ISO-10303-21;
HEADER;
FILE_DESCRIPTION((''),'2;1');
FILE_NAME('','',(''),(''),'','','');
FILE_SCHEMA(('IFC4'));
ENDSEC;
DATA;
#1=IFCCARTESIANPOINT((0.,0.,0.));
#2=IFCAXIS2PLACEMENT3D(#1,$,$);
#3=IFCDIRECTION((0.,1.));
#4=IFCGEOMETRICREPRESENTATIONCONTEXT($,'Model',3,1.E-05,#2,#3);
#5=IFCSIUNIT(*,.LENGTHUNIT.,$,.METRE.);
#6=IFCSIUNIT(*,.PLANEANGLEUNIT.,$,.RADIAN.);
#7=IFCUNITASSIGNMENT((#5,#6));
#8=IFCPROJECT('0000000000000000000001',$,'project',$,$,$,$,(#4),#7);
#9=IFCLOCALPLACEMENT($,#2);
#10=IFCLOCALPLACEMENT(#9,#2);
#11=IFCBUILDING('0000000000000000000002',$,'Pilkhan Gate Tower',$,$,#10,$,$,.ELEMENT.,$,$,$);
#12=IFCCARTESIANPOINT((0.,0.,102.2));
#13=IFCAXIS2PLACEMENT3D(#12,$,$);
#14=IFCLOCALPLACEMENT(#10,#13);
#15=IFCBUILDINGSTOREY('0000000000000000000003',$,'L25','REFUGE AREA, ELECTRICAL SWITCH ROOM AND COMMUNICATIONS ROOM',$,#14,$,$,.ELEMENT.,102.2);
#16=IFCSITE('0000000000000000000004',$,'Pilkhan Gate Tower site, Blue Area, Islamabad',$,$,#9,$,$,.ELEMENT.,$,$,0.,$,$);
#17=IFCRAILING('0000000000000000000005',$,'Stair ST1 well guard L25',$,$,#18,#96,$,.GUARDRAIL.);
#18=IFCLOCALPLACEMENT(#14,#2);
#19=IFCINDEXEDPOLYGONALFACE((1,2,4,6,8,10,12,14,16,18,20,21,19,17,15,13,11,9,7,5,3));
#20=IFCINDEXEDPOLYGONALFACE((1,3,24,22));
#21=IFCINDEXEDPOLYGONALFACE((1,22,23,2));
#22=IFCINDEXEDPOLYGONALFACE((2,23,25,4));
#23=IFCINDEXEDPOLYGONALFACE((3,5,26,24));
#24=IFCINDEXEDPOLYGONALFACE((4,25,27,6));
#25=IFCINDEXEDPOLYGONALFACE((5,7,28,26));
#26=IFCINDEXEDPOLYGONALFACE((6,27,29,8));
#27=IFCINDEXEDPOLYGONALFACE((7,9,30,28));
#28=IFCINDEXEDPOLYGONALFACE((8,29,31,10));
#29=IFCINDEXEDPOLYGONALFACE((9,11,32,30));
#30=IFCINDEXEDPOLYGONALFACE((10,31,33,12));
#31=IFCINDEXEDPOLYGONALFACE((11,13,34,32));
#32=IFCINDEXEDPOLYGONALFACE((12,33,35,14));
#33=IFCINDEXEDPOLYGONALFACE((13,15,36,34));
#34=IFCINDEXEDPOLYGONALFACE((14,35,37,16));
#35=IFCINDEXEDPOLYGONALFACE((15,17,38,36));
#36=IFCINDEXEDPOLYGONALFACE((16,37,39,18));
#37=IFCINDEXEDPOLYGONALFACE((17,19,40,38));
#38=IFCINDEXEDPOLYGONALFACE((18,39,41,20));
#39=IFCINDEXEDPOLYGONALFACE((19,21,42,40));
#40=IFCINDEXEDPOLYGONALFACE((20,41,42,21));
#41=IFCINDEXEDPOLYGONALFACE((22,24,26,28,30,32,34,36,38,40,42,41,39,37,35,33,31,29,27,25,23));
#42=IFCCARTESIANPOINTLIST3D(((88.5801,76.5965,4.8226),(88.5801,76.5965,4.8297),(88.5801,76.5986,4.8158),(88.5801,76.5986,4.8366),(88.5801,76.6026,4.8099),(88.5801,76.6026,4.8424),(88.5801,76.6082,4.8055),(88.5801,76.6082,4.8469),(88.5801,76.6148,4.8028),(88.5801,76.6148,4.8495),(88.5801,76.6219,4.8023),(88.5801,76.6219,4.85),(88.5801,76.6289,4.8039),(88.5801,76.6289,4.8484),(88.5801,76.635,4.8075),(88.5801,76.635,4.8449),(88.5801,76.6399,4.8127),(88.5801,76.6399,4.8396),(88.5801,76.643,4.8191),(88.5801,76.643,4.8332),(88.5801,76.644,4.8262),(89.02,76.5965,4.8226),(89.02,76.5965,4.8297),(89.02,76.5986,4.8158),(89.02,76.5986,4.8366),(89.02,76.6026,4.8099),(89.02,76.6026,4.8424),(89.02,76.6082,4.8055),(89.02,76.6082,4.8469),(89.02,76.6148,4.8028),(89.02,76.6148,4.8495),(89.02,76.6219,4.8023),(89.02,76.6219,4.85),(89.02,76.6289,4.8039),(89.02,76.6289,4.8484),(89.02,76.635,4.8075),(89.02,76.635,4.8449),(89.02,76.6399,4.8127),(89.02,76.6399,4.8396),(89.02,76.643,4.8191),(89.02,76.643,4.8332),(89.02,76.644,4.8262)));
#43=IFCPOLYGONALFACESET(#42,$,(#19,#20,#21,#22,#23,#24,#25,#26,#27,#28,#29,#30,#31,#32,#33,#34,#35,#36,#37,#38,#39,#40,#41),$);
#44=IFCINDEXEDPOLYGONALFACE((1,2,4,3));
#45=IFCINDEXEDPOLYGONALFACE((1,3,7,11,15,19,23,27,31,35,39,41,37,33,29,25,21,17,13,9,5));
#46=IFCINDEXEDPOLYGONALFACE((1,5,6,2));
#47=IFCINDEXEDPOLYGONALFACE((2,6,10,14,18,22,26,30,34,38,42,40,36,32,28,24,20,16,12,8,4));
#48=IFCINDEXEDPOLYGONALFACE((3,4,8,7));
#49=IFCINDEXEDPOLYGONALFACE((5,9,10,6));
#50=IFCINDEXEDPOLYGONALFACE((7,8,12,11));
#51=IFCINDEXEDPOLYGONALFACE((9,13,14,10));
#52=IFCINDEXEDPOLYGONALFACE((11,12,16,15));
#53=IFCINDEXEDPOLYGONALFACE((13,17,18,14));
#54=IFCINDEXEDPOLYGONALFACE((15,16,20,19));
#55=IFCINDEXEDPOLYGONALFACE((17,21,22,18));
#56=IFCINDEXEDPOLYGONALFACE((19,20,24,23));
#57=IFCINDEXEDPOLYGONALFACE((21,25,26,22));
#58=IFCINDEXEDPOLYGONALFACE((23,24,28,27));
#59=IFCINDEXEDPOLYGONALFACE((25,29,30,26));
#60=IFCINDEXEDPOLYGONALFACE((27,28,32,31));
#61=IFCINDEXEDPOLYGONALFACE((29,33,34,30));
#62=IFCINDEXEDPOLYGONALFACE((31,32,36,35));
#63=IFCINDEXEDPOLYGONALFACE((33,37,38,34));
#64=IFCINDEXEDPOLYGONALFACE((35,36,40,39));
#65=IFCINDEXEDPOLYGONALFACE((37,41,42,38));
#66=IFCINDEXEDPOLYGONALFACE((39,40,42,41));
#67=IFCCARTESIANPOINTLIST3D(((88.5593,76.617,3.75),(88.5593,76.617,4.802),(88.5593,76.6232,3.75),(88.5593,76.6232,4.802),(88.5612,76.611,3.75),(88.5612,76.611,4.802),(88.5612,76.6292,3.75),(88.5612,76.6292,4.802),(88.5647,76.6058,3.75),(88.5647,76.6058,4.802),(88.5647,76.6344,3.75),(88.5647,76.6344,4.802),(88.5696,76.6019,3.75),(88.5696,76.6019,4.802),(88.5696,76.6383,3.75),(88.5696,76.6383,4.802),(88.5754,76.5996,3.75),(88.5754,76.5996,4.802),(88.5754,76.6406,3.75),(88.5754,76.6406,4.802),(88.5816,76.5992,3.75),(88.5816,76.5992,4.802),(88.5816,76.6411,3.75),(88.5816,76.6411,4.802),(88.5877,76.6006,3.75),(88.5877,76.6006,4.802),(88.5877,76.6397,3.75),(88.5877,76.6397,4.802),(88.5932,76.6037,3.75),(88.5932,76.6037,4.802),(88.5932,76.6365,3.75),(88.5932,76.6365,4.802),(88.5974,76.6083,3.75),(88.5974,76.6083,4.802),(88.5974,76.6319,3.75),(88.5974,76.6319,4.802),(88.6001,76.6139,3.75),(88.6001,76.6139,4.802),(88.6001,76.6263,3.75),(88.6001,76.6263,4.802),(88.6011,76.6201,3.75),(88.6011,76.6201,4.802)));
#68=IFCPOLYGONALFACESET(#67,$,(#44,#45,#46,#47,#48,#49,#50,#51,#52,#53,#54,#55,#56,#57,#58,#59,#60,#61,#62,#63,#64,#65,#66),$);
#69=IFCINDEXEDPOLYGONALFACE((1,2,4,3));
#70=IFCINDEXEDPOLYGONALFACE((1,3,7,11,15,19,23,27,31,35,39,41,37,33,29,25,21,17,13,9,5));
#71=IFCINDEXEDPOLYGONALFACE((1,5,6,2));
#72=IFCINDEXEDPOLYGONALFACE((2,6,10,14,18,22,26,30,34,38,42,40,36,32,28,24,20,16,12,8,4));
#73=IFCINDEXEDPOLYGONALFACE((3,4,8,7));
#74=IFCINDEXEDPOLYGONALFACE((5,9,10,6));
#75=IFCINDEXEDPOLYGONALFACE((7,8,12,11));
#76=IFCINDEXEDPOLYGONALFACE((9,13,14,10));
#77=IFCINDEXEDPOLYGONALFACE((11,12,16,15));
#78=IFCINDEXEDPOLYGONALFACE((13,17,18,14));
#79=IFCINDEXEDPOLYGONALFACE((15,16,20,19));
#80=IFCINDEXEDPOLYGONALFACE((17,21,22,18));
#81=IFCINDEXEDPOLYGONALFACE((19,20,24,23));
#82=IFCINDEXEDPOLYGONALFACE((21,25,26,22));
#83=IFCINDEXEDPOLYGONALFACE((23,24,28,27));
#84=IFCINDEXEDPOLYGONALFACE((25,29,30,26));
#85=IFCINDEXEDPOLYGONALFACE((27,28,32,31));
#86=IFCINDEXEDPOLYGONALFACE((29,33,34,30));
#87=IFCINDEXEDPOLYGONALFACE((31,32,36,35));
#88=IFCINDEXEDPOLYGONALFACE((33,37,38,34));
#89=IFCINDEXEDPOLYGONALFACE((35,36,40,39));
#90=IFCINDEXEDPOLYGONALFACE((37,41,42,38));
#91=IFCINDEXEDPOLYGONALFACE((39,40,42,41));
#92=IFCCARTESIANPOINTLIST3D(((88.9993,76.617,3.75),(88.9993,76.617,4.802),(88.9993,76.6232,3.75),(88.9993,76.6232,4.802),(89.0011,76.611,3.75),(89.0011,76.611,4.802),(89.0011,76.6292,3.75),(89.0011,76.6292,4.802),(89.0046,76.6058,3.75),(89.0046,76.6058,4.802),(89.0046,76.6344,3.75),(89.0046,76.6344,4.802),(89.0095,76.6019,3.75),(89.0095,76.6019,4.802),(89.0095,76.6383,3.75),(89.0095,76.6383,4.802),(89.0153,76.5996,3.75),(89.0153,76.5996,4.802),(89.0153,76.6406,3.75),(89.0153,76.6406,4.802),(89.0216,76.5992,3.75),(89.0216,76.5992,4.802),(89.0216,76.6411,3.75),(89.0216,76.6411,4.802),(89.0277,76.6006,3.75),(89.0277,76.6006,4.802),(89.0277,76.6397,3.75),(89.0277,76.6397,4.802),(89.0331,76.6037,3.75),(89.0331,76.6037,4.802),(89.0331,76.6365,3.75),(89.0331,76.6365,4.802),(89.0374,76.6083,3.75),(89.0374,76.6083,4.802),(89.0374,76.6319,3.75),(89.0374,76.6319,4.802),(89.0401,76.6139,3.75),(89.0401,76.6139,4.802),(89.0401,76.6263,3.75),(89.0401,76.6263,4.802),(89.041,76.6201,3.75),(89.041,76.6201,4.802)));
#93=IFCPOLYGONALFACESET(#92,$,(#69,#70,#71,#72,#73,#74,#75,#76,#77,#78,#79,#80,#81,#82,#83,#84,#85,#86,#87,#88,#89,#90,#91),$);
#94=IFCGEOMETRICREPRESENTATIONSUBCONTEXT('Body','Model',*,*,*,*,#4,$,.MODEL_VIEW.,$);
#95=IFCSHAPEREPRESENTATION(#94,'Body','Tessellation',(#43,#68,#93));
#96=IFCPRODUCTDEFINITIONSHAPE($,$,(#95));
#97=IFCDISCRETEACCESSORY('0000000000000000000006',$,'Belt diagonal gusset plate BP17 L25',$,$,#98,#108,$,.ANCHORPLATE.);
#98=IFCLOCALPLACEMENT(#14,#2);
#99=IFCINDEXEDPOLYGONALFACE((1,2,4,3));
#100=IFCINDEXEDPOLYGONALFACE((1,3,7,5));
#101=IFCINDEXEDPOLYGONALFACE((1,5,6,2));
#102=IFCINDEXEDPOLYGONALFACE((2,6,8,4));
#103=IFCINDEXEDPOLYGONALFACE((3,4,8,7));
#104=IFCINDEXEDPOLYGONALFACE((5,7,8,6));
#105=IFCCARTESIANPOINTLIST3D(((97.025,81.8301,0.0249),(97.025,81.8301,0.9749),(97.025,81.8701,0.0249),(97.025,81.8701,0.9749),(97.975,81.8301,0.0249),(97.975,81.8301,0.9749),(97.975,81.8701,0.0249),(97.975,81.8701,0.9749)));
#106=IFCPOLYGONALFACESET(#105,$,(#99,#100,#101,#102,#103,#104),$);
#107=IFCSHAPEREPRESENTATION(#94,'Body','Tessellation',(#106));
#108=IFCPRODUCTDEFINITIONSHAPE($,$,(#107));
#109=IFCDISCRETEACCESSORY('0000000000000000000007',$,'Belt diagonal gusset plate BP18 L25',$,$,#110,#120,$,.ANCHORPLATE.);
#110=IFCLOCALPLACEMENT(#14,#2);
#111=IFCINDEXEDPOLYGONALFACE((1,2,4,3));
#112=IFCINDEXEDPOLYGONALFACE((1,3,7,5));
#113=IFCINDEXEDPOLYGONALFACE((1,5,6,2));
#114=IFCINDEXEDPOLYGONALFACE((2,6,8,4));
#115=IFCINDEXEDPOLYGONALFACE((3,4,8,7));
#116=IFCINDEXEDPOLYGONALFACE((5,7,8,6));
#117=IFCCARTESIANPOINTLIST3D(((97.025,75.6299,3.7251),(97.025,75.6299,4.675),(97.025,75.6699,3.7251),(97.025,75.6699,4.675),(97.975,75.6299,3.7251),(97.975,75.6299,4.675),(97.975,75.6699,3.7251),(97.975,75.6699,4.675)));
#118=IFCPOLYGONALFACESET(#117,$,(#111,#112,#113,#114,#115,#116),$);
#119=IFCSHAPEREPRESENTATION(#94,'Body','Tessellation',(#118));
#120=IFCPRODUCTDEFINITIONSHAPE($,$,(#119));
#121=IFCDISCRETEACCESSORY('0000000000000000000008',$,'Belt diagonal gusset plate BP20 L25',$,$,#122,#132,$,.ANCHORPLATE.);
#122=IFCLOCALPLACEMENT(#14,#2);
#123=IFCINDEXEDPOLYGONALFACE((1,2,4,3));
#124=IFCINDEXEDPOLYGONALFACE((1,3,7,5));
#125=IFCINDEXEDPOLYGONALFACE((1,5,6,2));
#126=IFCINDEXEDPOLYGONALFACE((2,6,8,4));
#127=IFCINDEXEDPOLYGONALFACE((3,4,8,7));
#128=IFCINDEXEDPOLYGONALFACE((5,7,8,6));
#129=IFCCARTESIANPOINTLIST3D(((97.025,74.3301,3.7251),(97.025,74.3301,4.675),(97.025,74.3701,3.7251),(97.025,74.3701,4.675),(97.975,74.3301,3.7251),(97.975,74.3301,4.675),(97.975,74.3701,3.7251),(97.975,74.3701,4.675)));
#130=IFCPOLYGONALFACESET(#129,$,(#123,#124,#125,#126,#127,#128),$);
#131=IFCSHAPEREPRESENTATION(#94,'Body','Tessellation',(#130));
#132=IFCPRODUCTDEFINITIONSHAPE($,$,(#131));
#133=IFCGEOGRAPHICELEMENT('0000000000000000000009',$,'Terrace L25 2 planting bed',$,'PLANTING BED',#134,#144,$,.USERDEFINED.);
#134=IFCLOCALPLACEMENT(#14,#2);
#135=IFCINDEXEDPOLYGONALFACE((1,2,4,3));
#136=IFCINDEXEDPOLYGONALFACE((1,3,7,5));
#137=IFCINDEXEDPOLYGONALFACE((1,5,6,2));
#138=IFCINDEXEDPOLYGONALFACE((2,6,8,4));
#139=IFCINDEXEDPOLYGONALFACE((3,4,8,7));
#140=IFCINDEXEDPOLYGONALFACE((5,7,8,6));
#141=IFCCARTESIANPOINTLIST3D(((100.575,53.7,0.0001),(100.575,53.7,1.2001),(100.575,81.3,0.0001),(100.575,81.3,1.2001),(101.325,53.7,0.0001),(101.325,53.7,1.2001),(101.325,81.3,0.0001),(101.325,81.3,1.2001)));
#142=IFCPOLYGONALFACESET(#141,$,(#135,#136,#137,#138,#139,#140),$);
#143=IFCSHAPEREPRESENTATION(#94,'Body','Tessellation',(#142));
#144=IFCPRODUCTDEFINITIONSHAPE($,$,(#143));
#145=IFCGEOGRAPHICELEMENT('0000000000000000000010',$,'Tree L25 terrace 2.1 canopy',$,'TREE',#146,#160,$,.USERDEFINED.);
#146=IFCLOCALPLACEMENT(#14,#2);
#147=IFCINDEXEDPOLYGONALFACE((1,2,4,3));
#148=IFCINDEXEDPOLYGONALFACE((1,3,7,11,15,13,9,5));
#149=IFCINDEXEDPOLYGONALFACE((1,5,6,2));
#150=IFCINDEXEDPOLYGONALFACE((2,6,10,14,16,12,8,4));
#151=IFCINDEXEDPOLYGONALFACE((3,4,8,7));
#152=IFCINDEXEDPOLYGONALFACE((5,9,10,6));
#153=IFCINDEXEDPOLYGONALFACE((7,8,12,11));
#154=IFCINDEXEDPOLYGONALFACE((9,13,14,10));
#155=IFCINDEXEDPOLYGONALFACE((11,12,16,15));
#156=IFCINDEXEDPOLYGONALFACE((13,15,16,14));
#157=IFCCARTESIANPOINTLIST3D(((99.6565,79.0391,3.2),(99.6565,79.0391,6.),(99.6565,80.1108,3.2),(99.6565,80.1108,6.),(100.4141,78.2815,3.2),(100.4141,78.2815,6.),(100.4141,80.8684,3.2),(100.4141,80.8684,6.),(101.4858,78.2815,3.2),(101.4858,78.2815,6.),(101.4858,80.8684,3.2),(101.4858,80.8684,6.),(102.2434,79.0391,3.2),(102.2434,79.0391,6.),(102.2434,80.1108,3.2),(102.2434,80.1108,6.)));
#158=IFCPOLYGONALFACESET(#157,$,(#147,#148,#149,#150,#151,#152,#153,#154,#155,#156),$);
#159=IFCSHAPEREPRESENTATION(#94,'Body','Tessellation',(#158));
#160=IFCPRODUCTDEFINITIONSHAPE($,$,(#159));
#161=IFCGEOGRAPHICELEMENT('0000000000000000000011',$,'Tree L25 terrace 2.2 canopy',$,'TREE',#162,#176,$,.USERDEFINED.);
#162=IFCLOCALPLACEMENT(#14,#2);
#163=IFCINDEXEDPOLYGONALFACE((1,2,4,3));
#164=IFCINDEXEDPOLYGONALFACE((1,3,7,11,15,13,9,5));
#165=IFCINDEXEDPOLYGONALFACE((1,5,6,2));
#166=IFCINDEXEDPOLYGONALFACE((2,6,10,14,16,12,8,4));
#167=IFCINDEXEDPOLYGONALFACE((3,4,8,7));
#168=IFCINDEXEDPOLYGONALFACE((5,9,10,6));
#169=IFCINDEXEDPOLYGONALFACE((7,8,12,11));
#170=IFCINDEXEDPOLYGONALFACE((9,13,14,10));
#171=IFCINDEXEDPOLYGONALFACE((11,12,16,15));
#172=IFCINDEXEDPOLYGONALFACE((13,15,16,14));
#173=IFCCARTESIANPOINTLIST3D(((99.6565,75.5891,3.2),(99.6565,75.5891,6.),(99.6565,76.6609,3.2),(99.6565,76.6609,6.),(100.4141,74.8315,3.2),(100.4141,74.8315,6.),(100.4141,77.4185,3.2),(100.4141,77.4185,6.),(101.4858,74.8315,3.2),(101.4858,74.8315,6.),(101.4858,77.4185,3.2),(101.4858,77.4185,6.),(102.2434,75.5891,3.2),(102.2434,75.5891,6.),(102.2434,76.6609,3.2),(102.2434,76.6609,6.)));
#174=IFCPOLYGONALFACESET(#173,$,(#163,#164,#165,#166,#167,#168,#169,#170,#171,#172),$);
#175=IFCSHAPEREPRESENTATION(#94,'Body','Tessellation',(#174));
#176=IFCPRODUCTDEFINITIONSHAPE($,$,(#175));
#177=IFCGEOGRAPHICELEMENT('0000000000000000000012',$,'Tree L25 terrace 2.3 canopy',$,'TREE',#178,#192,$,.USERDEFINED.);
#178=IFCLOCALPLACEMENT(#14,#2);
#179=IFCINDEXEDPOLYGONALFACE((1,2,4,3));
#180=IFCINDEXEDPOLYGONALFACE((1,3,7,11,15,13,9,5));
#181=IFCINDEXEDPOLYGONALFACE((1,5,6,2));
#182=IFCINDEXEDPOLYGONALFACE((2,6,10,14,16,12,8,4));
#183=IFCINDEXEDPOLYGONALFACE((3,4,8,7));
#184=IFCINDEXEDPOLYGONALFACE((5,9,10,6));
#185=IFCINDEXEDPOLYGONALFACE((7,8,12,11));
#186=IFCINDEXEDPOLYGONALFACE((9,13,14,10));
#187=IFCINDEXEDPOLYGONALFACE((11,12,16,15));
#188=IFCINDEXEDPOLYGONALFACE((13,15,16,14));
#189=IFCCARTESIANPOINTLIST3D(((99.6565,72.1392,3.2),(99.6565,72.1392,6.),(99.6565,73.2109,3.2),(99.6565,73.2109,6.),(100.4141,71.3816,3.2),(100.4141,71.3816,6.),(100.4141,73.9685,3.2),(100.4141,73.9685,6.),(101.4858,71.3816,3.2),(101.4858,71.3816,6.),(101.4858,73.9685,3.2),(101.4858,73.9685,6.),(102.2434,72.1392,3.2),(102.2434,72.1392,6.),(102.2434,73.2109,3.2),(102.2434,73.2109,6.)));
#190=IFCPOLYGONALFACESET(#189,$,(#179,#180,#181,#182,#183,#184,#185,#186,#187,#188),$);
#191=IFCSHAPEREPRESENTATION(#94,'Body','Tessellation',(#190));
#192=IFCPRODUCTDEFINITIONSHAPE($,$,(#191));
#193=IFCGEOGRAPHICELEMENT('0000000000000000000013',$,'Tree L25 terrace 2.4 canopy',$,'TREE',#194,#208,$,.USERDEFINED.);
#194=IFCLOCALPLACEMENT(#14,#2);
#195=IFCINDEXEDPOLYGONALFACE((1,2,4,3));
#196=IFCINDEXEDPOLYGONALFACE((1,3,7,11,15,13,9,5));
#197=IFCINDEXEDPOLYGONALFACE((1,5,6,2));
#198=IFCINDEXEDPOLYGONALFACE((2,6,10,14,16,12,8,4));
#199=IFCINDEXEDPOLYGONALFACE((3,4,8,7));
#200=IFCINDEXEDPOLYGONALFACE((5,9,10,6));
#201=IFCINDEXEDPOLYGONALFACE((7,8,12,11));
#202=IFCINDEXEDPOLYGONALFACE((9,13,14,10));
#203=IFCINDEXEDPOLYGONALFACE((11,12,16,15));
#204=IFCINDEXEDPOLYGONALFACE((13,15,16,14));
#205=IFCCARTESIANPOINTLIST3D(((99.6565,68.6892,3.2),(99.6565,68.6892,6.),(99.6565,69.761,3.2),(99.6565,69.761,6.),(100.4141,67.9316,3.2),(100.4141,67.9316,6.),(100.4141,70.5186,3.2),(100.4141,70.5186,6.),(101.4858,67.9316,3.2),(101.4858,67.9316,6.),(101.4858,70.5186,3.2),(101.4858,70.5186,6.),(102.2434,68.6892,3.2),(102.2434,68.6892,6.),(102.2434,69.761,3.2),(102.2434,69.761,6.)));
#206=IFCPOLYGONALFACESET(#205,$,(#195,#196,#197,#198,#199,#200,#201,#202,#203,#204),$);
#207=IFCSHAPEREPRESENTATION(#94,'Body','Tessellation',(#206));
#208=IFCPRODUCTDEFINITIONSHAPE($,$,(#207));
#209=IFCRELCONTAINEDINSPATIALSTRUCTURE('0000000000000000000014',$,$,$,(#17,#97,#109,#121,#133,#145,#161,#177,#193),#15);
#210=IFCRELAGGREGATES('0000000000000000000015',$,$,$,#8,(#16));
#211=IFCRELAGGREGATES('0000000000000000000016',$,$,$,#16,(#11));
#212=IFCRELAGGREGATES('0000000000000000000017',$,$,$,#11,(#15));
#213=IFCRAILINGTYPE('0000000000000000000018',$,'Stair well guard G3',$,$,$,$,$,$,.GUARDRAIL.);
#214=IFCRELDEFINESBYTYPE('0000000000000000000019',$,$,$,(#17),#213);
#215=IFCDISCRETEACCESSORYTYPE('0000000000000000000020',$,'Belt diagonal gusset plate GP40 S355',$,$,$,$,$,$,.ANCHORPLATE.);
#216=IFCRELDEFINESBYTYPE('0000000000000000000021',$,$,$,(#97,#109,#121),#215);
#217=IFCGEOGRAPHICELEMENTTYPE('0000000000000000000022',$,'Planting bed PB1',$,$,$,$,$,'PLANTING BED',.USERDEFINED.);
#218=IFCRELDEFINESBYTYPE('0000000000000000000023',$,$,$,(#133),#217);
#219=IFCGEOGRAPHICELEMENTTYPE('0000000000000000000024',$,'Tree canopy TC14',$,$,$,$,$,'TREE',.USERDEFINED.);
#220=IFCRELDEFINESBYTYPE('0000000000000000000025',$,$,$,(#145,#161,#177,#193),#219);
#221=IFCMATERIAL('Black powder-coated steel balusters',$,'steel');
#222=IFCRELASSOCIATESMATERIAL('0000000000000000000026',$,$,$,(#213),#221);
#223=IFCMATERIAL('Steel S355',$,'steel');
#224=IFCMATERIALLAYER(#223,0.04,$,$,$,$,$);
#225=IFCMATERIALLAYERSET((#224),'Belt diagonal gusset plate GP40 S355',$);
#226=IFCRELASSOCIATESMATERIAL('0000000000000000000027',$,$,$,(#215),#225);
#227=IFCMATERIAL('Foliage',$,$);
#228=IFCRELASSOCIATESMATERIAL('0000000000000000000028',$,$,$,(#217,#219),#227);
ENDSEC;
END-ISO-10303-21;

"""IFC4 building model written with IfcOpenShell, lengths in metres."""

from ifc_helpers import new_model, si_unit, direction, frame, origin, origin_2d, place, context, subcontext, project, spatial, polyline, rectangle, circle, outline, extrude, material, layer, layer_set, material_profile, profile_set, type_object, element, save


model = new_model("IFC4")

# Units and contexts
model_context = context("Model", 3, precision=1e-05, world=origin(), true_north=direction((0.0, 1.0)))
body_context = subcontext(model_context, "Body", "Model", "MODEL_VIEW")
ifc_project = project(units=[si_unit("LENGTHUNIT", "METRE"), si_unit("PLANEANGLEUNIT", "RADIAN")], contexts=[model_context])

# Site, building, storey
site_placement = place(None, origin())
site = spatial("IfcSite", under=ifc_project, at=site_placement, Name="Pilkhan Gate Tower site, Blue Area, Islamabad", CompositionType="ELEMENT", RefElevation=0.0)
building_placement = place(site_placement, origin())
building = spatial("IfcBuilding", under=site, at=building_placement, Name="Pilkhan Gate Tower", CompositionType="ELEMENT")
storey_placement = place(building_placement, frame((0.0, 0.0, 102.2)))
storey = spatial("IfcBuildingStorey", under=building, at=storey_placement, Name="L25", Description="REFUGE AREA, ELECTRICAL SWITCH ROOM AND COMMUNICATIONS ROOM", CompositionType="ELEMENT", Elevation=102.2)

# Railing
ifc_material_1 = material(Name="Black powder-coated steel balusters", Category="steel")
railing_type = type_object("IfcRailingType", Name="Stair well guard G3", PredefinedType="GUARDRAIL", material=ifc_material_1)
for number, where, name in (
    (1, (88.5801, 76.6201, 3.75), "Stair ST1 well guard L25"),
):
    element("IfcRailing", number, at=place(storey_placement, frame(where)), inside=storey, type_object=railing_type, Name=name, PredefinedType="GUARDRAIL", context=body_context, shape_type="SweptSolid", body=[
        extrude(circle(Radius=0.0239, at=origin_2d()), frame((0.0, 0.0, 1.0762), z_axis=(1.0, 0.0, 0.0), x_axis=(0.0, 1.0, 0.0)), (0.0, 0.0, 1.0), 0.4399),
        extrude(circle(Radius=0.021, at=origin_2d()), origin(), (0.0, 0.0, 1.0), 1.052),
        extrude(circle(Radius=0.021, at=origin_2d()), frame((0.4399, 0.0, 0.0)), (0.0, 0.0, 1.0), 1.052),
    ])

# Discrete accessories
ifc_material_2 = material(Name="Steel S355", Category="steel")
ifc_layer_1 = layer(ifc_material_2, 0.04)
ifc_layer_set_1 = layer_set([ifc_layer_1], Name="Belt diagonal gusset plate GP40 S355")
discrete_accessory_type = type_object("IfcDiscreteAccessoryType", Name="Belt diagonal gusset plate GP40 S355", PredefinedType="ANCHORPLATE", material=ifc_layer_set_1)
for number, where, z_axis, x_axis, name in (
    (2, (97.5, 81.8501, 0.0249), (0.0, 0.0, 1.0), (0.0, 1.0, 0.0), "Belt diagonal gusset plate BP17 L25"),
    (3, (97.5, 75.6499, 3.7251), (0.0, 0.0, 1.0), (0.0, 1.0, 0.0), "Belt diagonal gusset plate BP18 L25"),
    (4, (97.5, 74.3501, 3.7251), (0.0, 0.0, 1.0), (0.0, 1.0, 0.0), "Belt diagonal gusset plate BP20 L25"),
):
    element("IfcDiscreteAccessory", number, at=place(storey_placement, frame(where, z_axis=z_axis, x_axis=x_axis)), inside=storey, type_object=discrete_accessory_type, Name=name, PredefinedType="ANCHORPLATE", context=body_context, shape_type="SweptSolid", body=[
        extrude(rectangle(XDim=0.04, YDim=0.95, at=origin_2d()), origin(), (0.0, 0.0, 1.0), 0.95),
    ])

# Geographic elements
ifc_material_3 = material(Name="Foliage")
ifc_material_profile_1 = material_profile(ifc_material_3, rectangle(XDim=0.75, YDim=1.2, at=origin_2d()), Name="Bed 750x1200")
ifc_profile_set_1 = profile_set([ifc_material_profile_1], Name="Foliage")
geographic_element_type_1 = type_object("IfcGeographicElementType", Name="Planting bed PB1", ElementType="PLANTING BED", PredefinedType="USERDEFINED", material=ifc_profile_set_1)
geographic_element_placement = place(storey_placement, frame((100.95, 81.3, 0.6001), z_axis=(0.0, -1.0, 0.0), x_axis=(1.0, 0.0, 0.0)))
element("IfcGeographicElement", 5, at=geographic_element_placement, inside=storey, type_object=geographic_element_type_1, Name="Terrace L25 2 planting bed", ObjectType="PLANTING BED", PredefinedType="USERDEFINED", context=body_context, shape_type="SweptSolid", body=[
    extrude(rectangle(XDim=0.75, YDim=1.2, at=origin_2d()), origin(), (0.0, 0.0, 1.0), 27.6001),
])
ifc_material_profile_2 = material_profile(ifc_material_3, outline(polyline([(1.2935, 0.5359), (0.5359, 1.2935), (-0.5359, 1.2935), (-1.2935, 0.5359), (-1.2935, -0.5359), (-0.5359, -1.2935), (0.5359, -1.2935), (1.2935, -0.5359), (1.2935, 0.5359)])), Name="Canopy D2.8")
ifc_profile_set_2 = profile_set([ifc_material_profile_2], Name="Foliage")
geographic_element_type_2 = type_object("IfcGeographicElementType", Name="Tree canopy TC14", ElementType="TREE", PredefinedType="USERDEFINED", material=ifc_profile_set_2)
for number, where, z_axis, x_axis, name in (
    (6, (100.95, 79.575, 3.2), (0.0, 0.0, 1.0), (1.0, 0.0, 0.0), "Tree L25 terrace 2.1 canopy"),
    (7, (100.95, 76.125, 3.2), (0.0, 0.0, 1.0), (1.0, 0.0, 0.0), "Tree L25 terrace 2.2 canopy"),
    (8, (100.95, 72.675, 3.2), (0.0, 0.0, 1.0), (1.0, 0.0, 0.0), "Tree L25 terrace 2.3 canopy"),
    (9, (100.95, 69.2251, 3.2), (0.0, 0.0, 1.0), (1.0, 0.0, 0.0), "Tree L25 terrace 2.4 canopy"),
):
    element("IfcGeographicElement", number, at=place(storey_placement, frame(where, z_axis=z_axis, x_axis=x_axis)), inside=storey, type_object=geographic_element_type_2, Name=name, ObjectType="TREE", PredefinedType="USERDEFINED", context=body_context, shape_type="SweptSolid", body=[
        extrude(outline(polyline([(1.2935, 0.5359), (0.5359, 1.2935), (-0.5359, 1.2935), (-1.2935, 0.5359), (-1.2935, -0.5359), (-0.5359, -1.2935), (0.5359, -1.2935), (1.2935, -0.5359), (1.2935, 0.5359)])), origin(), (0.0, 0.0, 1.0), 2.8),
    ])

save(model, "model.ifc")
